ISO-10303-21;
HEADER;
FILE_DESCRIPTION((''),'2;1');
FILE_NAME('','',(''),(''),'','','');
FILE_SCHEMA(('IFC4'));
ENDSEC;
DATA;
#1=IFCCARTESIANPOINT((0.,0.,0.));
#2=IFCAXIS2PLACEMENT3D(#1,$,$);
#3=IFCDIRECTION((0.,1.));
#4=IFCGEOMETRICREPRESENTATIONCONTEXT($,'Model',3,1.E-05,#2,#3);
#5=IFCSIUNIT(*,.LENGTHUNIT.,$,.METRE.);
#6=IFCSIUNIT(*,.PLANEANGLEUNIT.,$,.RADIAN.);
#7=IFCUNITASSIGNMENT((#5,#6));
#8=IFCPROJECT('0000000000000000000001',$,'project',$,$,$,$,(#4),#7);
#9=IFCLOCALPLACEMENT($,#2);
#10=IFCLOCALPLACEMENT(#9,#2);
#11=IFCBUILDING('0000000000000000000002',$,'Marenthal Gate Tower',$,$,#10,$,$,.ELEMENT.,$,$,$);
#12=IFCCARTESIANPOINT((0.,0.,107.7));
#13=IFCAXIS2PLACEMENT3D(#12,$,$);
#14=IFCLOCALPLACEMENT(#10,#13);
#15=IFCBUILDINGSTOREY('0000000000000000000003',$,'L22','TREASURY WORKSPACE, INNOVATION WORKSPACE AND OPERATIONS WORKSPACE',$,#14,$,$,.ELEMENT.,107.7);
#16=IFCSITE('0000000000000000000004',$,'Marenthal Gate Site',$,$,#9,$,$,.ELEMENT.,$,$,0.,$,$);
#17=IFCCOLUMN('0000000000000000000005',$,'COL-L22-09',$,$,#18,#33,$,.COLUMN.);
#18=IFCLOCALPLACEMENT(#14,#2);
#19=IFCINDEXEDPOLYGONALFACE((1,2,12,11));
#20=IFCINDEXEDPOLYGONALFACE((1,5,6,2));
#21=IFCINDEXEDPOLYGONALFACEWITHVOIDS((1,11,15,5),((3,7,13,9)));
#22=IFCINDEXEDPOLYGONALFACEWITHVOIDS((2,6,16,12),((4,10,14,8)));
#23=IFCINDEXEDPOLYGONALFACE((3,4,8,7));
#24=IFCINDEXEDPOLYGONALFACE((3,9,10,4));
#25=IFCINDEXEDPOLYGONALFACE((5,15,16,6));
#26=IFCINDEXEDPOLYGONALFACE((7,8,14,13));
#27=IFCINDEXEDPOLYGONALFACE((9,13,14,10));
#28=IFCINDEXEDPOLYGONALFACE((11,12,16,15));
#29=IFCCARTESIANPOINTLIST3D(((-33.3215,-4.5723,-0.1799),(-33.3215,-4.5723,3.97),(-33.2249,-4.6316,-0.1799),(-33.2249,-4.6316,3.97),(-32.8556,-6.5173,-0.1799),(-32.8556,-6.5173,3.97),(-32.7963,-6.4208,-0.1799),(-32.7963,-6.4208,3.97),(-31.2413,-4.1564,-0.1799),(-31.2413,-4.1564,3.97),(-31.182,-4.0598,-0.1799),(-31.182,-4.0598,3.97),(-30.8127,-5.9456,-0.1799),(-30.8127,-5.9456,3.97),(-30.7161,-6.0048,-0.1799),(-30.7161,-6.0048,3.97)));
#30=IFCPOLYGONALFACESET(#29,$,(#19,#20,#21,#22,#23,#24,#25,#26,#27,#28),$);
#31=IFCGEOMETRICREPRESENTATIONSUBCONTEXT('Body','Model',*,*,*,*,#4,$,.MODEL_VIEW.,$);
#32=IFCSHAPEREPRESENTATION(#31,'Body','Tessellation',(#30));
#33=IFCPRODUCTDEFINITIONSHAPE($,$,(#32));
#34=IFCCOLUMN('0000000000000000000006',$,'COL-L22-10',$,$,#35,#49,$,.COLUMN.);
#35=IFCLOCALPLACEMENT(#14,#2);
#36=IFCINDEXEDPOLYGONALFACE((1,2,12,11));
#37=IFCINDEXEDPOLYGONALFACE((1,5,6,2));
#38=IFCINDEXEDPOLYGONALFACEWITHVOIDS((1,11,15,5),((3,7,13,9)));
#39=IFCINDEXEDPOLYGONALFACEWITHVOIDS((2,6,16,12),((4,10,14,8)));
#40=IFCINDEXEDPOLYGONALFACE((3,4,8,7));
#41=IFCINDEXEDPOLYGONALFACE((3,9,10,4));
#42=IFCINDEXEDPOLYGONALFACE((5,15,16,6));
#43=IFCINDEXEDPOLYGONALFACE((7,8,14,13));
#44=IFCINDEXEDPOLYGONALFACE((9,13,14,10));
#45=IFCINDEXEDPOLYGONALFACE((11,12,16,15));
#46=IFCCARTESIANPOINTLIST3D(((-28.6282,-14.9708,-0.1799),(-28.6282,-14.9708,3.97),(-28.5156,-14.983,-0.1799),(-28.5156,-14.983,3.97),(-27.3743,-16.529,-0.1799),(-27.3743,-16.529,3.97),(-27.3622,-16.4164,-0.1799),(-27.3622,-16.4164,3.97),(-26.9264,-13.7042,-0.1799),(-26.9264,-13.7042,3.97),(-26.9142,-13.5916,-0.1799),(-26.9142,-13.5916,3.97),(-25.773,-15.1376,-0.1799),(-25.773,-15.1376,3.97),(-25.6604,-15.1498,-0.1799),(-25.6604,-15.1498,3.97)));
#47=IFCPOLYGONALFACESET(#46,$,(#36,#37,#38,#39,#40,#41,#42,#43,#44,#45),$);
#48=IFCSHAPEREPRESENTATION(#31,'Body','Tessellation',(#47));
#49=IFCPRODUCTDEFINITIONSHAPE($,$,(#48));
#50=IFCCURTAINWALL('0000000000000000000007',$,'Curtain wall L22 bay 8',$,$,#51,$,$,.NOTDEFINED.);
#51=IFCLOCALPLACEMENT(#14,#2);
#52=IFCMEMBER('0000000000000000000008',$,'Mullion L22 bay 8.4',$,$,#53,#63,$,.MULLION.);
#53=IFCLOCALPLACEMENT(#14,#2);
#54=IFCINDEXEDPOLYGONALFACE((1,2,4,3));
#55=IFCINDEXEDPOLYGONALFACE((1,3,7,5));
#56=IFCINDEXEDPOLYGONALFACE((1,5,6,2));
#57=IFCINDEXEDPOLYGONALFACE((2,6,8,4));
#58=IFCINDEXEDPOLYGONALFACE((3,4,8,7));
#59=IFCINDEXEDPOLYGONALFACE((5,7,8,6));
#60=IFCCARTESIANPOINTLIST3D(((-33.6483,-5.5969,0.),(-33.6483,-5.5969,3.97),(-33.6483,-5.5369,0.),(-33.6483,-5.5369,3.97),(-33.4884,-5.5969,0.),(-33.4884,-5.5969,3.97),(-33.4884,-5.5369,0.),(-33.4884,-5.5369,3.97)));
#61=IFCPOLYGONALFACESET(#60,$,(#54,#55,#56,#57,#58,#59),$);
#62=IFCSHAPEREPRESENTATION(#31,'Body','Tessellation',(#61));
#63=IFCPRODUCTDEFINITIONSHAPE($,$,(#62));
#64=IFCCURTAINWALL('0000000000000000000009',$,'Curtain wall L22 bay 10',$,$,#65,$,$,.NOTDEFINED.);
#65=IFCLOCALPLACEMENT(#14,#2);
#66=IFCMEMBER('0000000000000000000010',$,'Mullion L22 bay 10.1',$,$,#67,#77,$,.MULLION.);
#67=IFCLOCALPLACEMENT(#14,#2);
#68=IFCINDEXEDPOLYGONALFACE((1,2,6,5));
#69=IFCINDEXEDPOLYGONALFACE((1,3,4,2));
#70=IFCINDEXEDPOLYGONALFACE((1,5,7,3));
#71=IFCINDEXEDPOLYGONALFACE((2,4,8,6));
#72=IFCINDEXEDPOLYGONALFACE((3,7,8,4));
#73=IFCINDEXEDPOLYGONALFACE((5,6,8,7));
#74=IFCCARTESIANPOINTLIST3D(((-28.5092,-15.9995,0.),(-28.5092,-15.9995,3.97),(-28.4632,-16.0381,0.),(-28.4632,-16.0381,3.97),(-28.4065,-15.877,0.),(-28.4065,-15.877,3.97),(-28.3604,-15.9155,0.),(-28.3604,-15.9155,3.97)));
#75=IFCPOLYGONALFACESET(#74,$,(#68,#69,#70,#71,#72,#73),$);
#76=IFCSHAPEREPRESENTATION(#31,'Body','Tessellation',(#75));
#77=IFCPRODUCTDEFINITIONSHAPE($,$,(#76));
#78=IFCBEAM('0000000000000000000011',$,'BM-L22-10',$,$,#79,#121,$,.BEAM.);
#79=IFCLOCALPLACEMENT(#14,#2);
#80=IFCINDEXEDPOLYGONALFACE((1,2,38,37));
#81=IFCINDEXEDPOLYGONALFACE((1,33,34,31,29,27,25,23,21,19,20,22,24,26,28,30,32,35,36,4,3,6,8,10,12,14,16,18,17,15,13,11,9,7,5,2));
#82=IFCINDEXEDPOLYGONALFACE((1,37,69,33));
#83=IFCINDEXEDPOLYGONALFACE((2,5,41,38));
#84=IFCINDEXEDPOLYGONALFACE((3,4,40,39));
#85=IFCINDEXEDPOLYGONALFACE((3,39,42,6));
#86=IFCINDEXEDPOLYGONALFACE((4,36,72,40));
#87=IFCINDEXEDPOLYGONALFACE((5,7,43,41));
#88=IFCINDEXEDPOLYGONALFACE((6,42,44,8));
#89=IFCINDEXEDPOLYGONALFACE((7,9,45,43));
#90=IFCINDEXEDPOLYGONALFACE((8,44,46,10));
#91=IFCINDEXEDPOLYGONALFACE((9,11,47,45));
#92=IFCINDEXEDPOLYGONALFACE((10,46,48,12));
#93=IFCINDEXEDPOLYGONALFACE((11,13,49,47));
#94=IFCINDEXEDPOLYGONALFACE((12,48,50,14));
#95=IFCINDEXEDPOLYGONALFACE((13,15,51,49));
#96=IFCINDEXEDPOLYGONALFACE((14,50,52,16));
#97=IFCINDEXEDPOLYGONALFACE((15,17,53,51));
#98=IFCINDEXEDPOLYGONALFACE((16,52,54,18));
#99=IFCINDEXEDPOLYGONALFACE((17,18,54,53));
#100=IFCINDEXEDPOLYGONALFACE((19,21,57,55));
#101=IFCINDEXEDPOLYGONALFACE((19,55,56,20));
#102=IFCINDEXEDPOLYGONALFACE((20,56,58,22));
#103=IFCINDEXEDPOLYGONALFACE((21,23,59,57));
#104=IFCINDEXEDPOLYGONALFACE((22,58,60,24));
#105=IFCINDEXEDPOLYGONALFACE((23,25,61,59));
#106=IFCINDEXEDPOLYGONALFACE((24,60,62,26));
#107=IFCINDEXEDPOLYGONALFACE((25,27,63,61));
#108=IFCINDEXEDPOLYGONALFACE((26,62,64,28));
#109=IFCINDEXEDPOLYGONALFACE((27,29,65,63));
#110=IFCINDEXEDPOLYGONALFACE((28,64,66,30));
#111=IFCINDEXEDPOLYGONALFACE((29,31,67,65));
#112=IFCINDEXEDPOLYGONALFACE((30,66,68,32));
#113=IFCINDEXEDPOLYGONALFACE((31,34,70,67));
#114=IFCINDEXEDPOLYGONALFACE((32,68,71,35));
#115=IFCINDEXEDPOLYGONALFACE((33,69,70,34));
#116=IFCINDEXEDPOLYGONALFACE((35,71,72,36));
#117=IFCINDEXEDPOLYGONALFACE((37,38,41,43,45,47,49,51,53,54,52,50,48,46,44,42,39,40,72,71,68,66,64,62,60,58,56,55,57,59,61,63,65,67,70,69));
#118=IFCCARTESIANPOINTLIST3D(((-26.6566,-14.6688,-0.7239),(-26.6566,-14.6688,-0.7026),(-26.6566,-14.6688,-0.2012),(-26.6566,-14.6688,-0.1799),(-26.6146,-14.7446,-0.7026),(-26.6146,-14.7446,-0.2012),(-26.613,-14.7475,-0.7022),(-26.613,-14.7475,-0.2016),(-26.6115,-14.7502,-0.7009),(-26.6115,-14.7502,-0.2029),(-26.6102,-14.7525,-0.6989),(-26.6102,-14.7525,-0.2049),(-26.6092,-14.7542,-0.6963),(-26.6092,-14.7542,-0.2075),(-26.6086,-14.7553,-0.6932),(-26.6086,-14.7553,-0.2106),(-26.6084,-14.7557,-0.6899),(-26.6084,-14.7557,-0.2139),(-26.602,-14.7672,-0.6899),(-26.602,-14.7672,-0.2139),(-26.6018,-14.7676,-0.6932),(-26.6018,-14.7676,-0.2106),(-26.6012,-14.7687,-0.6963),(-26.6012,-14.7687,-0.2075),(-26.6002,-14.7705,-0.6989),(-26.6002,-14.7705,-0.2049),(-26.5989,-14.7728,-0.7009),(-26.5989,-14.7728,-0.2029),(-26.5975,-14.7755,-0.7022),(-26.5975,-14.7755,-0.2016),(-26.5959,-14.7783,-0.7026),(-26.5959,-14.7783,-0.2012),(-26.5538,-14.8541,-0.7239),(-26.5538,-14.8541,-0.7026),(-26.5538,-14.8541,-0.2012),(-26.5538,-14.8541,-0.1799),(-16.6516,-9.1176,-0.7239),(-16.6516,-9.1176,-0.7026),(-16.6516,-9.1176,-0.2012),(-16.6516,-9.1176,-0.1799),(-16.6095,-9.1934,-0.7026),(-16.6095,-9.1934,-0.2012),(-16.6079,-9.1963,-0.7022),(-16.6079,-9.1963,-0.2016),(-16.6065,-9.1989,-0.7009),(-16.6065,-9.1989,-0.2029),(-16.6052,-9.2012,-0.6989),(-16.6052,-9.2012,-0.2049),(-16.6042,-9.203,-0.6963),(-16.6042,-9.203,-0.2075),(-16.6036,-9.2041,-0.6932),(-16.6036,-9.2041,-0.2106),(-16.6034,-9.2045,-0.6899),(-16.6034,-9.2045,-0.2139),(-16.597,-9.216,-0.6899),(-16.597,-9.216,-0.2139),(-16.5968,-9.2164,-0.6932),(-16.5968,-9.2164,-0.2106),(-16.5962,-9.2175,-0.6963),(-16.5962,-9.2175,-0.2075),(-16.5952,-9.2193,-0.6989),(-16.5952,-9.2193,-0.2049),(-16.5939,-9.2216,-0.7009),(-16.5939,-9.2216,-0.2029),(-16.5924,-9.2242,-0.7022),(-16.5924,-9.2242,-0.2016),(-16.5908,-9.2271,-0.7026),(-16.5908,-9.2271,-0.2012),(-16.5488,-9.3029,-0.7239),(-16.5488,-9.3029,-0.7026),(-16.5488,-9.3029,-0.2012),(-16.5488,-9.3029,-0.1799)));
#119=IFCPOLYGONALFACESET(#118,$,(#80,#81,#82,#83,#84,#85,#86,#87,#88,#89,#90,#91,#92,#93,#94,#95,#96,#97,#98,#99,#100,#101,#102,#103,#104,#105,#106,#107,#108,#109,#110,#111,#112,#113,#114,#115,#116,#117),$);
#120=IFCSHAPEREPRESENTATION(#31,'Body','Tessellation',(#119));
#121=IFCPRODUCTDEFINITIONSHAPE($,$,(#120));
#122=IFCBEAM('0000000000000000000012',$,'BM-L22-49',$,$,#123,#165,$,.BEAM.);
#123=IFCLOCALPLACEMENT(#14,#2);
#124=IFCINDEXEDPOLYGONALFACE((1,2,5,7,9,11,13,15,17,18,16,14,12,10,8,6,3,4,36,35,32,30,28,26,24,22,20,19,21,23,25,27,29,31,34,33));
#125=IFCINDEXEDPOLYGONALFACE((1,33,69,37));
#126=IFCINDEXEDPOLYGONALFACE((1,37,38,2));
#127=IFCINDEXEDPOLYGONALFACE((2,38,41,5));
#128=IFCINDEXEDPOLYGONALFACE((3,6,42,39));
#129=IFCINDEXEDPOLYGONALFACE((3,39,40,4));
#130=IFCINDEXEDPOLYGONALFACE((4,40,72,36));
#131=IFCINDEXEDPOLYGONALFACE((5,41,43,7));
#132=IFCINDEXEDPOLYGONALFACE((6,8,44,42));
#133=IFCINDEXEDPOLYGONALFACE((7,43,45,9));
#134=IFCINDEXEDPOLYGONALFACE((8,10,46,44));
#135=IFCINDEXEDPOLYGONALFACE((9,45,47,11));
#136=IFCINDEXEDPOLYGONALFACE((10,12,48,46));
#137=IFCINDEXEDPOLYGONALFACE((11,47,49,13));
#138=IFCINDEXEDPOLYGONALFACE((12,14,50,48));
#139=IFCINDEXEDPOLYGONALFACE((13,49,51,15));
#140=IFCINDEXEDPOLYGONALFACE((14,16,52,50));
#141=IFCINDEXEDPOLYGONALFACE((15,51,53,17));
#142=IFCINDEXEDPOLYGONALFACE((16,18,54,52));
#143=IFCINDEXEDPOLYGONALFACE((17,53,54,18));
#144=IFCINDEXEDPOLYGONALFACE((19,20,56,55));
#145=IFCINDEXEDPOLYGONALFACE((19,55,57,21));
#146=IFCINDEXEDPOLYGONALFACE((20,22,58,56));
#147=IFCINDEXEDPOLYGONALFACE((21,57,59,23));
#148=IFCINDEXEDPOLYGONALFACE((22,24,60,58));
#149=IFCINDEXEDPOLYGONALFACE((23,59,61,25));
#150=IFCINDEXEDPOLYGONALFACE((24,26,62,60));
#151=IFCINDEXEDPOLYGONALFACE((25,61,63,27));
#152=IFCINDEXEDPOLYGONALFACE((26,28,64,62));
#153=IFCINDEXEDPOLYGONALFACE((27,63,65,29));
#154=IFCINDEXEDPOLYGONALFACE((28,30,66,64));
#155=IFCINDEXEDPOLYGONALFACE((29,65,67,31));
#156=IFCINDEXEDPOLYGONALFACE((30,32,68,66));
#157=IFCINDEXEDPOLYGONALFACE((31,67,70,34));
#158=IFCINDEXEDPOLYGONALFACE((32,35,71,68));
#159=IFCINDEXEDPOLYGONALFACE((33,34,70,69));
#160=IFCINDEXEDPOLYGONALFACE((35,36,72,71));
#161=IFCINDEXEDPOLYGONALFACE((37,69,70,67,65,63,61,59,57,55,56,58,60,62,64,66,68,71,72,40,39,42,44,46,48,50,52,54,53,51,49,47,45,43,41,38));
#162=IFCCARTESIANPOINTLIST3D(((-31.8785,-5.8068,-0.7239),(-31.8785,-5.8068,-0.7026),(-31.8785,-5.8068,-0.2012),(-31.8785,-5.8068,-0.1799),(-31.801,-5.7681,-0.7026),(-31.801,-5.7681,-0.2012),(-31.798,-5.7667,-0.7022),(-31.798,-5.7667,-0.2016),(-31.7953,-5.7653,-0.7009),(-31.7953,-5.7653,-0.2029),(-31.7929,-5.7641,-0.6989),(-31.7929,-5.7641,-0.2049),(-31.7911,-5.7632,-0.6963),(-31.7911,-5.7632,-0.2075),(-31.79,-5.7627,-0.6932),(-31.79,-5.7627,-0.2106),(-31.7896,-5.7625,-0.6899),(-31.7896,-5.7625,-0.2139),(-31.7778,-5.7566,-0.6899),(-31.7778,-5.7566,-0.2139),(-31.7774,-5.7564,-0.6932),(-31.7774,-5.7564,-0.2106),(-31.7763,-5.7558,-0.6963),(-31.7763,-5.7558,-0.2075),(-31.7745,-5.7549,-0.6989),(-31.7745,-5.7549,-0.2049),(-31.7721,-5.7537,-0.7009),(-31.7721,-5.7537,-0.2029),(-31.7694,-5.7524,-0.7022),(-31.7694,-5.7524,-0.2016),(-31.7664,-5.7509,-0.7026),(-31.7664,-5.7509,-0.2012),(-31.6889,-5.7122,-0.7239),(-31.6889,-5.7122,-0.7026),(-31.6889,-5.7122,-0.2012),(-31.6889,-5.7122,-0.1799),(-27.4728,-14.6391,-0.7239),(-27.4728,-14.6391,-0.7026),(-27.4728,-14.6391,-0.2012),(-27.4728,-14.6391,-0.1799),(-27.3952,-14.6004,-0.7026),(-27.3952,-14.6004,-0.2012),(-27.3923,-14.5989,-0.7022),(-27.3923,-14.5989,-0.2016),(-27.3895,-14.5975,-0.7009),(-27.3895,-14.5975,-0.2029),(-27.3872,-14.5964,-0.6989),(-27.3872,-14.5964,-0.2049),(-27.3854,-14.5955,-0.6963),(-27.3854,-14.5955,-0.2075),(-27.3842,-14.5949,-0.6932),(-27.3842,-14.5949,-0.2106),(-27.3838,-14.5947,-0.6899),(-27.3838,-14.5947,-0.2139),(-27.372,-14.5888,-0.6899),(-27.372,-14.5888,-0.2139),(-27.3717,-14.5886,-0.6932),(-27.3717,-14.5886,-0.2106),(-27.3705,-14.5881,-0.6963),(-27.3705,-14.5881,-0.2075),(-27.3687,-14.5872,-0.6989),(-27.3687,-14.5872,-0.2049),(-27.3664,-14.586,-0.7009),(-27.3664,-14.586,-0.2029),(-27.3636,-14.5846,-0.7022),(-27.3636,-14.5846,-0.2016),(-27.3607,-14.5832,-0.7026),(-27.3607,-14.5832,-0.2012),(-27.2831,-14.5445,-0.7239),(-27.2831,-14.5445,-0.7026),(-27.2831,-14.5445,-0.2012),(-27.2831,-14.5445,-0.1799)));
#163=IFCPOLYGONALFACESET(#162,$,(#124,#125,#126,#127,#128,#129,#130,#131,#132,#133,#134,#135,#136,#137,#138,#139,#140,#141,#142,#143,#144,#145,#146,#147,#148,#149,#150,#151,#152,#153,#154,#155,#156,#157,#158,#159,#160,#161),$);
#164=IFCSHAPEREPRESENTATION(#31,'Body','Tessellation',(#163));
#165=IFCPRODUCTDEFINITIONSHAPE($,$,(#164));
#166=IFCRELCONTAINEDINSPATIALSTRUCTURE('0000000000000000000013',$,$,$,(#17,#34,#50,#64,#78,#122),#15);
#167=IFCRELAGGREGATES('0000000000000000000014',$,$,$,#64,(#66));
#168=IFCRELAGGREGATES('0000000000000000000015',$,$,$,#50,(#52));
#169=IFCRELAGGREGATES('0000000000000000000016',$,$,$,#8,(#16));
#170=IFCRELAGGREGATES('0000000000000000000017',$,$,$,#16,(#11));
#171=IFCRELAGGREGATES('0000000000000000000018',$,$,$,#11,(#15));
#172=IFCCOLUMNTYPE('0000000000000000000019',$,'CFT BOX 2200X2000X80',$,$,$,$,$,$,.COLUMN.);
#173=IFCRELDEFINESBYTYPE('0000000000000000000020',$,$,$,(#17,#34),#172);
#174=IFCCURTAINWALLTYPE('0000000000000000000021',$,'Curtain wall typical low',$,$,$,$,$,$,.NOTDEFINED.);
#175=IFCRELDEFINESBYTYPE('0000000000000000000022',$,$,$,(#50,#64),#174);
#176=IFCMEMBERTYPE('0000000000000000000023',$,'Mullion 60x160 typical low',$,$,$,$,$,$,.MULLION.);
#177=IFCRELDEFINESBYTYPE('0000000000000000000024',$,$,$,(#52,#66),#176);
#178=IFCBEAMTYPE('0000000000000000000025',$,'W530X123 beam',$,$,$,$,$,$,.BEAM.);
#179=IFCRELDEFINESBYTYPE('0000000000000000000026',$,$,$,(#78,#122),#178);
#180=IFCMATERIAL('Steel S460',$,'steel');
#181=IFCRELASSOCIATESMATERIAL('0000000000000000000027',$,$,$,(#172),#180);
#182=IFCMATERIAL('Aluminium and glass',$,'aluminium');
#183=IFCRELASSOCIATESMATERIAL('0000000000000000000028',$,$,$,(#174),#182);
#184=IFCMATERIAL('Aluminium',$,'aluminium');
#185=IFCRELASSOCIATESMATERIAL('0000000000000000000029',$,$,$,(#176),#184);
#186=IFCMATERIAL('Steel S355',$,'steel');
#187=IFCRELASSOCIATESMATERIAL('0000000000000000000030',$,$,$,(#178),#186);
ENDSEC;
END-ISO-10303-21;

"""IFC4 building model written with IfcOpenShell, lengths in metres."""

from ifc_helpers import new_model, si_unit, direction, frame, origin, origin_2d, place, context, subcontext, project, spatial, rectangle, hollow_rectangle, i_section, extrude, material, material_profile, profile_set, type_object, element, aggregate, save


model = new_model("IFC4")

# Units and contexts
model_context = context("Model", 3, precision=1e-05, world=origin(), true_north=direction((0.0, 1.0)))
body_context = subcontext(model_context, "Body", "Model", "MODEL_VIEW")
ifc_project = project(units=[si_unit("LENGTHUNIT", "METRE"), si_unit("PLANEANGLEUNIT", "RADIAN")], contexts=[model_context])

# Site, building, storey
site_placement = place(None, origin())
site = spatial("IfcSite", under=ifc_project, at=site_placement, Name="Marenthal Gate Site", CompositionType="ELEMENT", RefElevation=0.0)
building_placement = place(site_placement, origin())
building = spatial("IfcBuilding", under=site, at=building_placement, Name="Marenthal Gate Tower", CompositionType="ELEMENT")
storey_placement = place(building_placement, frame((0.0, 0.0, 107.7)))
storey = spatial("IfcBuildingStorey", under=building, at=storey_placement, Name="L22", Description="TREASURY WORKSPACE, INNOVATION WORKSPACE AND OPERATIONS WORKSPACE", CompositionType="ELEMENT", Elevation=107.7)

# Columns
ifc_material_1 = material(Name="Steel S460", Category="steel")
ifc_material_profile_1 = material_profile(ifc_material_1, hollow_rectangle(XDim=2.0, YDim=2.2, WallThickness=0.0801, at=origin_2d()), Name="CFT BOX 2200X2000X80")
ifc_material_2 = material(Name="Concrete 70 MPa", Category="concrete")
ifc_material_profile_2 = material_profile(ifc_material_2, rectangle(XDim=1.8401, YDim=2.04, at=origin_2d()), Name="CFT BOX 2200X2000X80 INFILL")
ifc_profile_set_1 = profile_set([ifc_material_profile_1, ifc_material_profile_2], Name="Steel S460 shell, Concrete 70 MPa infill")
column_type = type_object("IfcColumnType", Name="CFT BOX 2200X2000X80", PredefinedType="COLUMN", material=ifc_profile_set_1)
for number, where, z_axis, x_axis, name in (
    (1, (-32.0188, -5.2886, -0.1799), (0.0, 0.0, 1.0), (-0.232958, 0.972487, 0.0), "COL-L22-09"),
    (2, (-27.1443, -15.0603, -0.1799), (0.0, 0.0, 1.0), (-0.626918, 0.779085, 0.0), "COL-L22-10"),
):
    element("IfcColumn", number, at=place(storey_placement, frame(where, z_axis=z_axis, x_axis=x_axis)), inside=storey, type_object=column_type, Name=name, PredefinedType="COLUMN", context=body_context, shape_type="SweptSolid", body=[
        extrude(hollow_rectangle(XDim=2.0, YDim=2.2, WallThickness=0.0801, at=origin_2d()), origin(), (0.0, 0.0, 1.0), 4.1499),
    ])

# Curtain walls, members
ifc_material_3 = material(Name="Aluminium and glass", Category="aluminium")
curtain_wall_type = type_object("IfcCurtainWallType", Name="Curtain wall typical low", PredefinedType="NOTDEFINED", material=ifc_material_3)
curtain_wall_1_placement = place(storey_placement, origin())
curtain_wall_1 = element("IfcCurtainWall", 3, at=curtain_wall_1_placement, inside=storey, type_object=curtain_wall_type, Name="Curtain wall L22 bay 8", PredefinedType="NOTDEFINED")
ifc_material_4 = material(Name="Aluminium", Category="aluminium")
ifc_material_profile_3 = material_profile(ifc_material_4, rectangle(XDim=0.1599, YDim=0.0601, at=origin_2d()), Name="60x160 aluminium mullion")
ifc_profile_set_2 = profile_set([ifc_material_profile_3], Name="Aluminium")
member_type = type_object("IfcMemberType", Name="Mullion 60x160 typical low", PredefinedType="MULLION", material=ifc_profile_set_2)
member_1_placement = place(storey_placement, frame((-33.5684, -5.5669, 0.0), z_axis=(0.0, 0.0, 1.0), x_axis=(1.0, 0.0, 0.0)))
member_1 = element("IfcMember", 4, at=member_1_placement, type_object=member_type, Name="Mullion L22 bay 8.4", PredefinedType="MULLION", context=body_context, shape_type="SweptSolid", body=[
    extrude(rectangle(XDim=0.1599, YDim=0.0601, at=origin_2d()), origin(), (0.0, 0.0, 1.0), 3.97),
])
curtain_wall_2_placement = place(storey_placement, origin())
curtain_wall_2 = element("IfcCurtainWall", 5, at=curtain_wall_2_placement, inside=storey, type_object=curtain_wall_type, Name="Curtain wall L22 bay 10", PredefinedType="NOTDEFINED")
member_2_placement = place(storey_placement, frame((-28.4348, -15.9575, 0.0), z_axis=(0.0, 0.0, 1.0), x_axis=(0.642377, 0.766389, 0.0)))
member_2 = element("IfcMember", 6, at=member_2_placement, type_object=member_type, Name="Mullion L22 bay 10.1", PredefinedType="MULLION", context=body_context, shape_type="SweptSolid", body=[
    extrude(rectangle(XDim=0.1599, YDim=0.0601, at=origin_2d()), origin(), (0.0, 0.0, 1.0), 3.97),
])
aggregate(curtain_wall_2, [member_2])

# Beams
ifc_material_5 = material(Name="Steel S355", Category="steel")
ifc_material_profile_4 = material_profile(ifc_material_5, i_section(OverallWidth=0.2119, OverallDepth=0.5439, WebThickness=0.0132, FlangeThickness=0.0212, FilletRadius=0.0127, at=origin_2d()), Name="W530X123")
ifc_profile_set_3 = profile_set([ifc_material_profile_4], Name="Steel S355")
beam_type_1 = type_object("IfcBeamType", Name="W530X123 beam", PredefinedType="BEAM", material=ifc_profile_set_3)
beam_1_placement = place(storey_placement, frame((-26.6052, -14.7615, -0.4519), z_axis=(0.874422, 0.485166, 0.0), x_axis=(-0.485166, 0.874422, 0.0)))
element("IfcBeam", 7, at=beam_1_placement, inside=storey, type_object=beam_type_1, Name="BM-L22-10", PredefinedType="BEAM", context=body_context, shape_type="SweptSolid", body=[
    extrude(i_section(OverallWidth=0.2119, OverallDepth=0.5439, WebThickness=0.0132, FlangeThickness=0.0212, FilletRadius=0.0127, at=origin_2d()), origin(), (0.0, 0.0, 1.0), 11.4419),
])
beam_2_placement = place(storey_placement, frame((-31.7837, -5.7595, -0.4519), z_axis=(0.446372, -0.894847, 0.0), x_axis=(0.894847, 0.446372, 0.0)))
element("IfcBeam", 8, at=beam_2_placement, inside=storey, type_object=beam_type_1, Name="BM-L22-49", PredefinedType="BEAM", context=body_context, shape_type="SweptSolid", body=[
    extrude(i_section(OverallWidth=0.2119, OverallDepth=0.5439, WebThickness=0.0132, FlangeThickness=0.0212, FilletRadius=0.0127, at=origin_2d()), origin(), (0.0, 0.0, 1.0), 9.8701),
])

aggregate(curtain_wall_1, [member_1])

save(model, "model.ifc")
